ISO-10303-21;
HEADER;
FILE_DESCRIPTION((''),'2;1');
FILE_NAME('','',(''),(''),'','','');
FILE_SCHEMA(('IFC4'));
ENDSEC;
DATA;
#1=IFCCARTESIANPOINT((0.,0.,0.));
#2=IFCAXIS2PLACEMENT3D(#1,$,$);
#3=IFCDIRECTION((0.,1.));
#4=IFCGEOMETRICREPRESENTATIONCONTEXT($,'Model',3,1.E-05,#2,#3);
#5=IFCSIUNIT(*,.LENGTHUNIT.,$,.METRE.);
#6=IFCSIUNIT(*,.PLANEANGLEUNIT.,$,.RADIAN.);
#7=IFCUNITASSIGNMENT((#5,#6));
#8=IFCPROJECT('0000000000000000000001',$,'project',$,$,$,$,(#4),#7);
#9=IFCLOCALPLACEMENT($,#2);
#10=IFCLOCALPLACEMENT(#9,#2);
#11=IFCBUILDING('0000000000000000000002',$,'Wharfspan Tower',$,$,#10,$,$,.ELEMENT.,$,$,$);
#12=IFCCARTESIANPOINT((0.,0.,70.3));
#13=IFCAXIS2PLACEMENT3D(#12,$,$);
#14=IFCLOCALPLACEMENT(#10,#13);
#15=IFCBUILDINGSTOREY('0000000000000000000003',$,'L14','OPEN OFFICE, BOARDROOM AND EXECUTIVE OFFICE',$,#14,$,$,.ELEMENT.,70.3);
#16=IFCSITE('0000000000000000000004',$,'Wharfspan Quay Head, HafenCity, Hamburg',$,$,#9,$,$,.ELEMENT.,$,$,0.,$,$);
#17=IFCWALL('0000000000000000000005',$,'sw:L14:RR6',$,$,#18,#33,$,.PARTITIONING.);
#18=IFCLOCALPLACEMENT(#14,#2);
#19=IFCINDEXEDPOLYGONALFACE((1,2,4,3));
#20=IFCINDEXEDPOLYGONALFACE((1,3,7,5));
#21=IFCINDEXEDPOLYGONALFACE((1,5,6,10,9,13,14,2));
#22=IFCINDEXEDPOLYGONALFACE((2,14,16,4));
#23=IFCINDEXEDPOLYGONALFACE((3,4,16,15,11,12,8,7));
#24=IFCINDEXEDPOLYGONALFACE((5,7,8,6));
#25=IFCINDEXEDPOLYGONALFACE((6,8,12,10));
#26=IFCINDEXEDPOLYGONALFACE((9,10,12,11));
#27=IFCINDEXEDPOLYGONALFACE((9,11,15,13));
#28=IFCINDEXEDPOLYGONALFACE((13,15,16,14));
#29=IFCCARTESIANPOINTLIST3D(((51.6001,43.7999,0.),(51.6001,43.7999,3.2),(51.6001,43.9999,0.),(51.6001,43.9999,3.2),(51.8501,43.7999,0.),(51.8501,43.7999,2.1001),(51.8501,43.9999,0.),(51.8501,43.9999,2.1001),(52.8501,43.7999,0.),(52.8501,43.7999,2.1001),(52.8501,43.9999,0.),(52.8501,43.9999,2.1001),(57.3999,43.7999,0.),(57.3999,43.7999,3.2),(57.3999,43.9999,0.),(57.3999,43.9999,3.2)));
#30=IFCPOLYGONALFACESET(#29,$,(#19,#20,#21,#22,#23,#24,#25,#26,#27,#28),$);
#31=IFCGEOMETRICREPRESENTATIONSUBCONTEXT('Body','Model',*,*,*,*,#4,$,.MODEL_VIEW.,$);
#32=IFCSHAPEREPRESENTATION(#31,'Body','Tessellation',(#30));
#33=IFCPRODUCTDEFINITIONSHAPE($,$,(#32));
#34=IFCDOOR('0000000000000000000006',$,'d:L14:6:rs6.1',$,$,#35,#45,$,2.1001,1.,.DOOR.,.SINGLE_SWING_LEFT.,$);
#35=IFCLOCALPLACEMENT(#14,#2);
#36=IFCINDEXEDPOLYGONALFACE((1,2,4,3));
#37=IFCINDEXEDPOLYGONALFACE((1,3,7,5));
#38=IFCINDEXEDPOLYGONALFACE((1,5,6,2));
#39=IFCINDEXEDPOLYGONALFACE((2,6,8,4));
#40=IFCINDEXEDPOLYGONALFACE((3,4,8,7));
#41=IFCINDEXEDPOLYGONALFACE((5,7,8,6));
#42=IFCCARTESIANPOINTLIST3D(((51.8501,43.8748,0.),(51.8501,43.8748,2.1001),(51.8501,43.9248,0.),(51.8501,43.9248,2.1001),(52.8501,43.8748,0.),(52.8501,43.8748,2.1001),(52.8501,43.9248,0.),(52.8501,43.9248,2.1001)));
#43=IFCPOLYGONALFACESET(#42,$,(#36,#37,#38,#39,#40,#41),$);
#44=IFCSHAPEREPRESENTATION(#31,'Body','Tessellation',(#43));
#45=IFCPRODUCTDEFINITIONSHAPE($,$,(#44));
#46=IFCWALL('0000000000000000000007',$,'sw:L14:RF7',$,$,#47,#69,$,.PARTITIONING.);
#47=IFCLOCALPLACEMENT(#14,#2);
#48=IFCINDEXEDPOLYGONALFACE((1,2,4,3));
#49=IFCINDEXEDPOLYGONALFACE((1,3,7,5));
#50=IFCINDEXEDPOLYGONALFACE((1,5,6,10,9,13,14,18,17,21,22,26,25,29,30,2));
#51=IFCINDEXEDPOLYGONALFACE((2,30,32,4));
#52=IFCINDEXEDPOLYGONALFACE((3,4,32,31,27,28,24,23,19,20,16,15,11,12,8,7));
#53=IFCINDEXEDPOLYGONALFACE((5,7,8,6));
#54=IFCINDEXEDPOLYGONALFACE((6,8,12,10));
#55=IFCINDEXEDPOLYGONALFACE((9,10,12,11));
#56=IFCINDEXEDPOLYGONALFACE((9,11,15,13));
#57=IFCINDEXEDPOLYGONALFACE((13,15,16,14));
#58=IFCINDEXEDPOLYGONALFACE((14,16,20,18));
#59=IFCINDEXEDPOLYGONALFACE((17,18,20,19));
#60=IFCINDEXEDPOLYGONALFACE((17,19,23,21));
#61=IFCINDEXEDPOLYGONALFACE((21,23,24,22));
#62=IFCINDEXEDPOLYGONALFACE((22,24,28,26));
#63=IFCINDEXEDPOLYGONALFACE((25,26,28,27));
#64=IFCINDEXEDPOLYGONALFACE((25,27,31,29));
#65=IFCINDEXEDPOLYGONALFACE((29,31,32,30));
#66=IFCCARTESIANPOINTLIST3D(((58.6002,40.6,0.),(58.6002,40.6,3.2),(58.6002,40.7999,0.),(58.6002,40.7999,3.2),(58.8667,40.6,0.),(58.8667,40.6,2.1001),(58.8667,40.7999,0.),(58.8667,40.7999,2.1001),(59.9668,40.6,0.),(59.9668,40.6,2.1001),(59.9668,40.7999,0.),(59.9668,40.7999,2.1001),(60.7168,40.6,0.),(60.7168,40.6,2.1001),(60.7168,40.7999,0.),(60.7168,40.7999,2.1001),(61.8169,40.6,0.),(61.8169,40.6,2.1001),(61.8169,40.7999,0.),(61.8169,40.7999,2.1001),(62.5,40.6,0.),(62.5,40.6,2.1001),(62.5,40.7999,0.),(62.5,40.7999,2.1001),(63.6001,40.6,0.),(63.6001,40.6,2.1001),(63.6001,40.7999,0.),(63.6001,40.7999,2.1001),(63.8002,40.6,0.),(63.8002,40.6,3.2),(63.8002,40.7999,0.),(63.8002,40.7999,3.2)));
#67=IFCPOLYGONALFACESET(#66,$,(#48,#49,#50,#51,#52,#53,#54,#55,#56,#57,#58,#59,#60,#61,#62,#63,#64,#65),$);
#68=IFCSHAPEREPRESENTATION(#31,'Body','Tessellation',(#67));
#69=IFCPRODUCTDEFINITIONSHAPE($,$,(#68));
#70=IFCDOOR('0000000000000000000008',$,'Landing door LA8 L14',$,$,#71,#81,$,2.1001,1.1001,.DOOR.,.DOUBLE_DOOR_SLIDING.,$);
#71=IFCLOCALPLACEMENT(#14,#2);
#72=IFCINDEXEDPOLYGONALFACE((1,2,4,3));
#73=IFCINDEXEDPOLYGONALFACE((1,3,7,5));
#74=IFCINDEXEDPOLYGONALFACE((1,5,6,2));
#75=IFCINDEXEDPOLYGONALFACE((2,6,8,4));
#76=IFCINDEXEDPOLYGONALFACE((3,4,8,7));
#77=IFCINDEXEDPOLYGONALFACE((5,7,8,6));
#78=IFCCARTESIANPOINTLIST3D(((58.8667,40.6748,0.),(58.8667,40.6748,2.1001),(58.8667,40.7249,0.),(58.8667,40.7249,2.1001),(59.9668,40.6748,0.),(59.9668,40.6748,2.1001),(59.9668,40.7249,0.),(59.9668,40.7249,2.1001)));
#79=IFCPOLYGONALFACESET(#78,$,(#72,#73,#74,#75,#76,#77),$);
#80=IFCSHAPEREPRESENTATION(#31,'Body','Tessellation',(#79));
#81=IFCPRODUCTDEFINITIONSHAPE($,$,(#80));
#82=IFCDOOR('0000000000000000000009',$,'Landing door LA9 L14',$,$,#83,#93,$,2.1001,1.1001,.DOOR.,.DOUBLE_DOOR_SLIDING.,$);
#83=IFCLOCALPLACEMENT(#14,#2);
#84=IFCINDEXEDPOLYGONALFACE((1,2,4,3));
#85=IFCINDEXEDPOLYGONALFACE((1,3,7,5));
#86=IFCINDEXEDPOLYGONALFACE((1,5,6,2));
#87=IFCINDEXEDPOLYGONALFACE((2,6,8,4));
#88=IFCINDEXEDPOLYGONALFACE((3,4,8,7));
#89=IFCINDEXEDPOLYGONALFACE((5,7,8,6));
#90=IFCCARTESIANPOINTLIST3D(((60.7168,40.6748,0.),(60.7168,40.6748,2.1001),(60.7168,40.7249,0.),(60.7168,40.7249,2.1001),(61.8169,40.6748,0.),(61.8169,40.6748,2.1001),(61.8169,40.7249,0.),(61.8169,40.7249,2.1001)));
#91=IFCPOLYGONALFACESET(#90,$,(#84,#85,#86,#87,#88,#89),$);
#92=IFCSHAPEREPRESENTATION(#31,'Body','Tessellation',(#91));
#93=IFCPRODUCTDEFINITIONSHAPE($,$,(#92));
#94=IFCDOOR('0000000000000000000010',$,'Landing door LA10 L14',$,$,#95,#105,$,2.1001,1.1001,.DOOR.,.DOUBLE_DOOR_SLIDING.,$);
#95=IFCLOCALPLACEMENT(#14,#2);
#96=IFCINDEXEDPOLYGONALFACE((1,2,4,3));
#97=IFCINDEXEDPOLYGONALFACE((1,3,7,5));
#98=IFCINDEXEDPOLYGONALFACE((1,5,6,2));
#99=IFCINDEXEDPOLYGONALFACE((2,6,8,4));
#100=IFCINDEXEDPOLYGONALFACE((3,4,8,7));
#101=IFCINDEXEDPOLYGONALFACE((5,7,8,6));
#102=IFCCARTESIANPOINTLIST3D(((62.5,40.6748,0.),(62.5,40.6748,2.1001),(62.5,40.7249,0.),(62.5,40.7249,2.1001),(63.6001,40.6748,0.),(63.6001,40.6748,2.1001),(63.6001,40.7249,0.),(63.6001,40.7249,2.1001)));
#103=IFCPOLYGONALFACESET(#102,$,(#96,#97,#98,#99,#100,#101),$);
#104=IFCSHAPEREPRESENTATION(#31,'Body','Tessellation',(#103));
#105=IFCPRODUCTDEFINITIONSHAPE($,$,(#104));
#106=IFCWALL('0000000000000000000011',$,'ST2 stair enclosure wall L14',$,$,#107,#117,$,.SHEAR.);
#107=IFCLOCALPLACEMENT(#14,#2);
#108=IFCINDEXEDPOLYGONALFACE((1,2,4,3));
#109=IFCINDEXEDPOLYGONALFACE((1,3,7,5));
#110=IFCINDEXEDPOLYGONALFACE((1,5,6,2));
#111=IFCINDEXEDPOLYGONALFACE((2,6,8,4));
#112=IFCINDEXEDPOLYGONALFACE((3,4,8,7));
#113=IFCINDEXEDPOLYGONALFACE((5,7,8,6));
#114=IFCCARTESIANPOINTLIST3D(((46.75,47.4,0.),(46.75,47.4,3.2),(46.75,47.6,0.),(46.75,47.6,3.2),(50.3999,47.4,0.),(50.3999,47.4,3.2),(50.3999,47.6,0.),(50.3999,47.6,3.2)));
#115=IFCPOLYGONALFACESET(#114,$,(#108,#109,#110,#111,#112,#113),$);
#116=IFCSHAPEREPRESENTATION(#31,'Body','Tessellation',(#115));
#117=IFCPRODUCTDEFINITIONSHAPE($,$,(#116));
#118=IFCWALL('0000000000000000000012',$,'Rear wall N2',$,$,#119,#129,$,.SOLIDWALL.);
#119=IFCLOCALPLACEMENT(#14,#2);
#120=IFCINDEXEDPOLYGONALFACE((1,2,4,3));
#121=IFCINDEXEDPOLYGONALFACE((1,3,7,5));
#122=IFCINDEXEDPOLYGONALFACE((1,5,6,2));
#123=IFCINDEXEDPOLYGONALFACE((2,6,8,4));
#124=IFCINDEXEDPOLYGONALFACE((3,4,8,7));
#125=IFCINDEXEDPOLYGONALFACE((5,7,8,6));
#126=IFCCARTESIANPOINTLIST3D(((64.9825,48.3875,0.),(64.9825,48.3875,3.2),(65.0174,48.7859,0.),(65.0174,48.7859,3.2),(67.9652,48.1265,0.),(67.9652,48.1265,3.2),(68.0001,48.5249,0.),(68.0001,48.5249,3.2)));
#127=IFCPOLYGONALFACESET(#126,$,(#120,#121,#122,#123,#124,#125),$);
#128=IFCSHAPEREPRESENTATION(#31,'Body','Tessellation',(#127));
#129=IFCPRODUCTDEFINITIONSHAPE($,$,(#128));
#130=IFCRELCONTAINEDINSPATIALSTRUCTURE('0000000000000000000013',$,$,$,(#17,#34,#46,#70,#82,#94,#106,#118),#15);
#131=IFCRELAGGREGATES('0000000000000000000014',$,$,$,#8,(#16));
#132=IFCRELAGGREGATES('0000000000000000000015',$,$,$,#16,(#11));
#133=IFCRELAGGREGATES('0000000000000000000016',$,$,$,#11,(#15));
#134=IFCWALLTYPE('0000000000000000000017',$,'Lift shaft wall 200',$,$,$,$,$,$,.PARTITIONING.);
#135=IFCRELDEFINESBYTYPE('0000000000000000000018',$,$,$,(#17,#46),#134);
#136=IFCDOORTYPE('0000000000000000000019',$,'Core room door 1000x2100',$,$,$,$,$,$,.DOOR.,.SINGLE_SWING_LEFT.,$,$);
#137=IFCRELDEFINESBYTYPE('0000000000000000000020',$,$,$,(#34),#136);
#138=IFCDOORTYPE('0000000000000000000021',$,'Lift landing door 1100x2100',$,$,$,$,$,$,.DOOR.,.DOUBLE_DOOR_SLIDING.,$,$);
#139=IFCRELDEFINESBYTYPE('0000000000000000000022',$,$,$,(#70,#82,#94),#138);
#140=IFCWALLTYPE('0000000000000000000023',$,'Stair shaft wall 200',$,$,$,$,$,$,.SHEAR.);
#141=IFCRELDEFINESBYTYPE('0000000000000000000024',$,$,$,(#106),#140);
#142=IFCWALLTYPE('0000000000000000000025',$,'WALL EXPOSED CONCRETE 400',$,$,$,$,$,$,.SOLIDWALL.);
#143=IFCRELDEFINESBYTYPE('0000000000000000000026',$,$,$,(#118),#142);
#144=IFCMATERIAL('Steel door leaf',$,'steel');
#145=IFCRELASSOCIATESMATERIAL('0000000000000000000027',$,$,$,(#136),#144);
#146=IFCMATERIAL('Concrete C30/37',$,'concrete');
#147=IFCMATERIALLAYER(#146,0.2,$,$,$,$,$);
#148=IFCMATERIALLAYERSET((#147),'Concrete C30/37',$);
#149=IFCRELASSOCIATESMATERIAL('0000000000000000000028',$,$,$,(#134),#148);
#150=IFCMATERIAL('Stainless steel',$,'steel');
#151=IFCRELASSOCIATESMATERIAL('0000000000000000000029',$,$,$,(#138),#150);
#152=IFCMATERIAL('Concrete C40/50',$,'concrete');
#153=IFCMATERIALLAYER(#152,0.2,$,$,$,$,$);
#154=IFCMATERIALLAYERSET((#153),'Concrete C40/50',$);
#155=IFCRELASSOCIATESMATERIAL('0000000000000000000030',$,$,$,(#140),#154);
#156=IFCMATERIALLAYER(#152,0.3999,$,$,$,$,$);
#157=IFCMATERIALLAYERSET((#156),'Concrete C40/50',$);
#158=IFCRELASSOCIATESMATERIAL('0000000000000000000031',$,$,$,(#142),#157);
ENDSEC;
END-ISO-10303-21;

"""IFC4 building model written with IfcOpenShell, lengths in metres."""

from ifc_helpers import new_model, si_unit, direction, frame, frame_2d, origin, place, context, subcontext, project, spatial, rectangle, extrude, material, layer, layer_set, type_object, element, fill, save


model = new_model("IFC4")

# Units and contexts
model_context = context("Model", 3, precision=1e-05, world=origin(), true_north=direction((0.0, 1.0)))
body_context = subcontext(model_context, "Body", "Model", "MODEL_VIEW")
ifc_project = project(units=[si_unit("LENGTHUNIT", "METRE"), si_unit("PLANEANGLEUNIT", "RADIAN")], contexts=[model_context])

# Site, building, storey
site_placement = place(None, origin())
site = spatial("IfcSite", under=ifc_project, at=site_placement, Name="Wharfspan Quay Head, HafenCity, Hamburg", CompositionType="ELEMENT", RefElevation=0.0)
building_placement = place(site_placement, origin())
building = spatial("IfcBuilding", under=site, at=building_placement, Name="Wharfspan Tower", CompositionType="ELEMENT")
storey_placement = place(building_placement, frame((0.0, 0.0, 70.3)))
storey = spatial("IfcBuildingStorey", under=building, at=storey_placement, Name="L14", Description="OPEN OFFICE, BOARDROOM AND EXECUTIVE OFFICE", CompositionType="ELEMENT", Elevation=70.3)

# Wall, opening, door
ifc_material_1 = material(Name="Steel door leaf", Category="steel")
door_type_1 = type_object("IfcDoorType", Name="Core room door 1000x2100", OperationType="SINGLE_SWING_LEFT", PredefinedType="DOOR", material=ifc_material_1)
ifc_material_2 = material(Name="Concrete C30/37", Category="concrete")
ifc_layer_1 = layer(ifc_material_2, 0.2)
ifc_layer_set_1 = layer_set([ifc_layer_1], Name="Concrete C30/37")
wall_type_1 = type_object("IfcWallType", Name="Lift shaft wall 200", PredefinedType="PARTITIONING", material=ifc_layer_set_1)
wall_1_placement = place(storey_placement, frame((51.6001, 43.8999, 0.0), z_axis=(0.0, 0.0, 1.0), x_axis=(1.0, 0.0, 0.0)))
wall_1 = element("IfcWall", 1, at=wall_1_placement, inside=storey, type_object=wall_type_1, Name="sw:L14:RR6", PredefinedType="PARTITIONING", context=body_context, shape_type="SweptSolid", body=[
    extrude(rectangle(XDim=5.7998, YDim=0.2, at=frame_2d((2.8999, 0.0))), origin(), (0.0, 0.0, 1.0), 3.2),
])
opening_1_placement = place(wall_1_placement, frame((0.25, 0.0, 0.0)))
opening_1 = element("IfcOpeningElement", 2, at=opening_1_placement, cuts=wall_1, PredefinedType="OPENING", context=body_context, shape_type="SweptSolid", body=[
    extrude(rectangle(XDim=1.0, YDim=2.1001, at=frame_2d((0.5, 1.05))), frame((0.0, 0.1099, 0.0), z_axis=(0.0, -1.0, 0.0), x_axis=(1.0, 0.0, 0.0)), (0.0, 0.0, 1.0), 0.22),
])
door_1_placement = place(opening_1_placement, origin())
door_1 = element("IfcDoor", 3, at=door_1_placement, inside=storey, type_object=door_type_1, Name="d:L14:6:rs6.1", OperationType="SINGLE_SWING_LEFT", OverallHeight=2.1001, OverallWidth=1.0, PredefinedType="DOOR", context=body_context, shape_type="SweptSolid", body=[
    extrude(rectangle(XDim=1.0, YDim=2.1001, at=frame_2d((0.5, 1.05))), frame((0.0, 0.0249, 0.0), z_axis=(0.0, -1.0, 0.0), x_axis=(1.0, 0.0, 0.0)), (0.0, 0.0, 1.0), 0.05),
])
fill(opening_1, door_1)

# Wall, openings, doors
wall_2_placement = place(storey_placement, frame((58.6001, 40.7, 0.0), z_axis=(0.0, 0.0, 1.0), x_axis=(1.0, 0.0, 0.0)))
wall_2 = element("IfcWall", 4, at=wall_2_placement, inside=storey, type_object=wall_type_1, Name="sw:L14:RF7", PredefinedType="PARTITIONING", context=body_context, shape_type="SweptSolid", body=[
    extrude(rectangle(XDim=5.2, YDim=0.2, at=frame_2d((2.6001, 0.0))), origin(), (0.0, 0.0, 1.0), 3.2),
])
opening_2_placement = place(wall_2_placement, frame((0.2666, 0.0, 0.0)))
opening_2 = element("IfcOpeningElement", 5, at=opening_2_placement, cuts=wall_2, PredefinedType="OPENING", context=body_context, shape_type="SweptSolid", body=[
    extrude(rectangle(XDim=1.1001, YDim=2.1001, at=frame_2d((0.55, 1.05))), frame((0.0, 0.1099, 0.0), z_axis=(0.0, -1.0, 0.0), x_axis=(1.0, 0.0, 0.0)), (0.0, 0.0, 1.0), 0.22),
])
opening_3_placement = place(wall_2_placement, frame((2.1167, 0.0, 0.0)))
opening_3 = element("IfcOpeningElement", 6, at=opening_3_placement, cuts=wall_2, PredefinedType="OPENING", context=body_context, shape_type="SweptSolid", body=[
    extrude(rectangle(XDim=1.1001, YDim=2.1001, at=frame_2d((0.55, 1.05))), frame((0.0, 0.1099, 0.0), z_axis=(0.0, -1.0, 0.0), x_axis=(1.0, 0.0, 0.0)), (0.0, 0.0, 1.0), 0.22),
])
opening_4_placement = place(wall_2_placement, frame((3.8999, 0.0, 0.0)))
opening_4 = element("IfcOpeningElement", 7, at=opening_4_placement, cuts=wall_2, PredefinedType="OPENING", context=body_context, shape_type="SweptSolid", body=[
    extrude(rectangle(XDim=1.1001, YDim=2.1001, at=frame_2d((0.55, 1.05))), frame((0.0, 0.1099, 0.0), z_axis=(0.0, -1.0, 0.0), x_axis=(1.0, 0.0, 0.0)), (0.0, 0.0, 1.0), 0.22),
])
ifc_material_3 = material(Name="Stainless steel", Category="steel")
door_type_2 = type_object("IfcDoorType", Name="Lift landing door 1100x2100", OperationType="DOUBLE_DOOR_SLIDING", PredefinedType="DOOR", material=ifc_material_3)
door_2_placement = place(opening_2_placement, origin())
door_2 = element("IfcDoor", 8, at=door_2_placement, inside=storey, type_object=door_type_2, Name="Landing door LA8 L14", OperationType="DOUBLE_DOOR_SLIDING", OverallHeight=2.1001, OverallWidth=1.1001, PredefinedType="DOOR", context=body_context, shape_type="SweptSolid", body=[
    extrude(rectangle(XDim=1.1001, YDim=2.1001, at=frame_2d((0.55, 1.05))), frame((0.0, 0.0249, 0.0), z_axis=(0.0, -1.0, 0.0), x_axis=(1.0, 0.0, 0.0)), (0.0, 0.0, 1.0), 0.05),
])
fill(opening_2, door_2)
door_3_placement = place(opening_3_placement, origin())
door_3 = element("IfcDoor", 9, at=door_3_placement, inside=storey, type_object=door_type_2, Name="Landing door LA9 L14", OperationType="DOUBLE_DOOR_SLIDING", OverallHeight=2.1001, OverallWidth=1.1001, PredefinedType="DOOR", context=body_context, shape_type="SweptSolid", body=[
    extrude(rectangle(XDim=1.1001, YDim=2.1001, at=frame_2d((0.55, 1.05))), frame((0.0, 0.0249, 0.0), z_axis=(0.0, -1.0, 0.0), x_axis=(1.0, 0.0, 0.0)), (0.0, 0.0, 1.0), 0.05),
])
fill(opening_3, door_3)
door_4_placement = place(opening_4_placement, origin())
door_4 = element("IfcDoor", 10, at=door_4_placement, inside=storey, type_object=door_type_2, Name="Landing door LA10 L14", OperationType="DOUBLE_DOOR_SLIDING", OverallHeight=2.1001, OverallWidth=1.1001, PredefinedType="DOOR", context=body_context, shape_type="SweptSolid", body=[
    extrude(rectangle(XDim=1.1001, YDim=2.1001, at=frame_2d((0.55, 1.05))), frame((0.0, 0.0249, 0.0), z_axis=(0.0, -1.0, 0.0), x_axis=(1.0, 0.0, 0.0)), (0.0, 0.0, 1.0), 0.05),
])
fill(opening_4, door_4)

# Walls
ifc_material_4 = material(Name="Concrete C40/50", Category="concrete")
ifc_layer_2 = layer(ifc_material_4, 0.2)
ifc_layer_set_2 = layer_set([ifc_layer_2], Name="Concrete C40/50")
wall_type_2 = type_object("IfcWallType", Name="Stair shaft wall 200", PredefinedType="SHEAR", material=ifc_layer_set_2)
wall_3_placement = place(storey_placement, frame((46.75, 47.5, 0.0), z_axis=(0.0, 0.0, 1.0), x_axis=(1.0, 0.0, 0.0)))
element("IfcWall", 11, at=wall_3_placement, inside=storey, type_object=wall_type_2, Name="ST2 stair enclosure wall L14", PredefinedType="SHEAR", context=body_context, shape_type="SweptSolid", body=[
    extrude(rectangle(XDim=3.6499, YDim=0.2, at=frame_2d((1.825, 0.0))), origin(), (0.0, 0.0, 1.0), 3.2),
])
ifc_layer_3 = layer(ifc_material_4, 0.3999)
ifc_layer_set_3 = layer_set([ifc_layer_3], Name="Concrete C40/50")
wall_type_3 = type_object("IfcWallType", Name="WALL EXPOSED CONCRETE 400", PredefinedType="SOLIDWALL", material=ifc_layer_set_3)
wall_4_placement = place(storey_placement, frame((67.9827, 48.3257, 0.0), z_axis=(0.0, 0.0, 1.0), x_axis=(-0.996194, 0.087168, 0.0)))
element("IfcWall", 12, at=wall_4_placement, inside=storey, type_object=wall_type_3, Name="Rear wall N2", PredefinedType="SOLIDWALL", context=body_context, shape_type="SweptSolid", body=[
    extrude(rectangle(XDim=2.9941, YDim=0.3999, at=frame_2d((1.4971, 0.0))), origin(), (0.0, 0.0, 1.0), 3.2),
])

save(model, "model.ifc")
